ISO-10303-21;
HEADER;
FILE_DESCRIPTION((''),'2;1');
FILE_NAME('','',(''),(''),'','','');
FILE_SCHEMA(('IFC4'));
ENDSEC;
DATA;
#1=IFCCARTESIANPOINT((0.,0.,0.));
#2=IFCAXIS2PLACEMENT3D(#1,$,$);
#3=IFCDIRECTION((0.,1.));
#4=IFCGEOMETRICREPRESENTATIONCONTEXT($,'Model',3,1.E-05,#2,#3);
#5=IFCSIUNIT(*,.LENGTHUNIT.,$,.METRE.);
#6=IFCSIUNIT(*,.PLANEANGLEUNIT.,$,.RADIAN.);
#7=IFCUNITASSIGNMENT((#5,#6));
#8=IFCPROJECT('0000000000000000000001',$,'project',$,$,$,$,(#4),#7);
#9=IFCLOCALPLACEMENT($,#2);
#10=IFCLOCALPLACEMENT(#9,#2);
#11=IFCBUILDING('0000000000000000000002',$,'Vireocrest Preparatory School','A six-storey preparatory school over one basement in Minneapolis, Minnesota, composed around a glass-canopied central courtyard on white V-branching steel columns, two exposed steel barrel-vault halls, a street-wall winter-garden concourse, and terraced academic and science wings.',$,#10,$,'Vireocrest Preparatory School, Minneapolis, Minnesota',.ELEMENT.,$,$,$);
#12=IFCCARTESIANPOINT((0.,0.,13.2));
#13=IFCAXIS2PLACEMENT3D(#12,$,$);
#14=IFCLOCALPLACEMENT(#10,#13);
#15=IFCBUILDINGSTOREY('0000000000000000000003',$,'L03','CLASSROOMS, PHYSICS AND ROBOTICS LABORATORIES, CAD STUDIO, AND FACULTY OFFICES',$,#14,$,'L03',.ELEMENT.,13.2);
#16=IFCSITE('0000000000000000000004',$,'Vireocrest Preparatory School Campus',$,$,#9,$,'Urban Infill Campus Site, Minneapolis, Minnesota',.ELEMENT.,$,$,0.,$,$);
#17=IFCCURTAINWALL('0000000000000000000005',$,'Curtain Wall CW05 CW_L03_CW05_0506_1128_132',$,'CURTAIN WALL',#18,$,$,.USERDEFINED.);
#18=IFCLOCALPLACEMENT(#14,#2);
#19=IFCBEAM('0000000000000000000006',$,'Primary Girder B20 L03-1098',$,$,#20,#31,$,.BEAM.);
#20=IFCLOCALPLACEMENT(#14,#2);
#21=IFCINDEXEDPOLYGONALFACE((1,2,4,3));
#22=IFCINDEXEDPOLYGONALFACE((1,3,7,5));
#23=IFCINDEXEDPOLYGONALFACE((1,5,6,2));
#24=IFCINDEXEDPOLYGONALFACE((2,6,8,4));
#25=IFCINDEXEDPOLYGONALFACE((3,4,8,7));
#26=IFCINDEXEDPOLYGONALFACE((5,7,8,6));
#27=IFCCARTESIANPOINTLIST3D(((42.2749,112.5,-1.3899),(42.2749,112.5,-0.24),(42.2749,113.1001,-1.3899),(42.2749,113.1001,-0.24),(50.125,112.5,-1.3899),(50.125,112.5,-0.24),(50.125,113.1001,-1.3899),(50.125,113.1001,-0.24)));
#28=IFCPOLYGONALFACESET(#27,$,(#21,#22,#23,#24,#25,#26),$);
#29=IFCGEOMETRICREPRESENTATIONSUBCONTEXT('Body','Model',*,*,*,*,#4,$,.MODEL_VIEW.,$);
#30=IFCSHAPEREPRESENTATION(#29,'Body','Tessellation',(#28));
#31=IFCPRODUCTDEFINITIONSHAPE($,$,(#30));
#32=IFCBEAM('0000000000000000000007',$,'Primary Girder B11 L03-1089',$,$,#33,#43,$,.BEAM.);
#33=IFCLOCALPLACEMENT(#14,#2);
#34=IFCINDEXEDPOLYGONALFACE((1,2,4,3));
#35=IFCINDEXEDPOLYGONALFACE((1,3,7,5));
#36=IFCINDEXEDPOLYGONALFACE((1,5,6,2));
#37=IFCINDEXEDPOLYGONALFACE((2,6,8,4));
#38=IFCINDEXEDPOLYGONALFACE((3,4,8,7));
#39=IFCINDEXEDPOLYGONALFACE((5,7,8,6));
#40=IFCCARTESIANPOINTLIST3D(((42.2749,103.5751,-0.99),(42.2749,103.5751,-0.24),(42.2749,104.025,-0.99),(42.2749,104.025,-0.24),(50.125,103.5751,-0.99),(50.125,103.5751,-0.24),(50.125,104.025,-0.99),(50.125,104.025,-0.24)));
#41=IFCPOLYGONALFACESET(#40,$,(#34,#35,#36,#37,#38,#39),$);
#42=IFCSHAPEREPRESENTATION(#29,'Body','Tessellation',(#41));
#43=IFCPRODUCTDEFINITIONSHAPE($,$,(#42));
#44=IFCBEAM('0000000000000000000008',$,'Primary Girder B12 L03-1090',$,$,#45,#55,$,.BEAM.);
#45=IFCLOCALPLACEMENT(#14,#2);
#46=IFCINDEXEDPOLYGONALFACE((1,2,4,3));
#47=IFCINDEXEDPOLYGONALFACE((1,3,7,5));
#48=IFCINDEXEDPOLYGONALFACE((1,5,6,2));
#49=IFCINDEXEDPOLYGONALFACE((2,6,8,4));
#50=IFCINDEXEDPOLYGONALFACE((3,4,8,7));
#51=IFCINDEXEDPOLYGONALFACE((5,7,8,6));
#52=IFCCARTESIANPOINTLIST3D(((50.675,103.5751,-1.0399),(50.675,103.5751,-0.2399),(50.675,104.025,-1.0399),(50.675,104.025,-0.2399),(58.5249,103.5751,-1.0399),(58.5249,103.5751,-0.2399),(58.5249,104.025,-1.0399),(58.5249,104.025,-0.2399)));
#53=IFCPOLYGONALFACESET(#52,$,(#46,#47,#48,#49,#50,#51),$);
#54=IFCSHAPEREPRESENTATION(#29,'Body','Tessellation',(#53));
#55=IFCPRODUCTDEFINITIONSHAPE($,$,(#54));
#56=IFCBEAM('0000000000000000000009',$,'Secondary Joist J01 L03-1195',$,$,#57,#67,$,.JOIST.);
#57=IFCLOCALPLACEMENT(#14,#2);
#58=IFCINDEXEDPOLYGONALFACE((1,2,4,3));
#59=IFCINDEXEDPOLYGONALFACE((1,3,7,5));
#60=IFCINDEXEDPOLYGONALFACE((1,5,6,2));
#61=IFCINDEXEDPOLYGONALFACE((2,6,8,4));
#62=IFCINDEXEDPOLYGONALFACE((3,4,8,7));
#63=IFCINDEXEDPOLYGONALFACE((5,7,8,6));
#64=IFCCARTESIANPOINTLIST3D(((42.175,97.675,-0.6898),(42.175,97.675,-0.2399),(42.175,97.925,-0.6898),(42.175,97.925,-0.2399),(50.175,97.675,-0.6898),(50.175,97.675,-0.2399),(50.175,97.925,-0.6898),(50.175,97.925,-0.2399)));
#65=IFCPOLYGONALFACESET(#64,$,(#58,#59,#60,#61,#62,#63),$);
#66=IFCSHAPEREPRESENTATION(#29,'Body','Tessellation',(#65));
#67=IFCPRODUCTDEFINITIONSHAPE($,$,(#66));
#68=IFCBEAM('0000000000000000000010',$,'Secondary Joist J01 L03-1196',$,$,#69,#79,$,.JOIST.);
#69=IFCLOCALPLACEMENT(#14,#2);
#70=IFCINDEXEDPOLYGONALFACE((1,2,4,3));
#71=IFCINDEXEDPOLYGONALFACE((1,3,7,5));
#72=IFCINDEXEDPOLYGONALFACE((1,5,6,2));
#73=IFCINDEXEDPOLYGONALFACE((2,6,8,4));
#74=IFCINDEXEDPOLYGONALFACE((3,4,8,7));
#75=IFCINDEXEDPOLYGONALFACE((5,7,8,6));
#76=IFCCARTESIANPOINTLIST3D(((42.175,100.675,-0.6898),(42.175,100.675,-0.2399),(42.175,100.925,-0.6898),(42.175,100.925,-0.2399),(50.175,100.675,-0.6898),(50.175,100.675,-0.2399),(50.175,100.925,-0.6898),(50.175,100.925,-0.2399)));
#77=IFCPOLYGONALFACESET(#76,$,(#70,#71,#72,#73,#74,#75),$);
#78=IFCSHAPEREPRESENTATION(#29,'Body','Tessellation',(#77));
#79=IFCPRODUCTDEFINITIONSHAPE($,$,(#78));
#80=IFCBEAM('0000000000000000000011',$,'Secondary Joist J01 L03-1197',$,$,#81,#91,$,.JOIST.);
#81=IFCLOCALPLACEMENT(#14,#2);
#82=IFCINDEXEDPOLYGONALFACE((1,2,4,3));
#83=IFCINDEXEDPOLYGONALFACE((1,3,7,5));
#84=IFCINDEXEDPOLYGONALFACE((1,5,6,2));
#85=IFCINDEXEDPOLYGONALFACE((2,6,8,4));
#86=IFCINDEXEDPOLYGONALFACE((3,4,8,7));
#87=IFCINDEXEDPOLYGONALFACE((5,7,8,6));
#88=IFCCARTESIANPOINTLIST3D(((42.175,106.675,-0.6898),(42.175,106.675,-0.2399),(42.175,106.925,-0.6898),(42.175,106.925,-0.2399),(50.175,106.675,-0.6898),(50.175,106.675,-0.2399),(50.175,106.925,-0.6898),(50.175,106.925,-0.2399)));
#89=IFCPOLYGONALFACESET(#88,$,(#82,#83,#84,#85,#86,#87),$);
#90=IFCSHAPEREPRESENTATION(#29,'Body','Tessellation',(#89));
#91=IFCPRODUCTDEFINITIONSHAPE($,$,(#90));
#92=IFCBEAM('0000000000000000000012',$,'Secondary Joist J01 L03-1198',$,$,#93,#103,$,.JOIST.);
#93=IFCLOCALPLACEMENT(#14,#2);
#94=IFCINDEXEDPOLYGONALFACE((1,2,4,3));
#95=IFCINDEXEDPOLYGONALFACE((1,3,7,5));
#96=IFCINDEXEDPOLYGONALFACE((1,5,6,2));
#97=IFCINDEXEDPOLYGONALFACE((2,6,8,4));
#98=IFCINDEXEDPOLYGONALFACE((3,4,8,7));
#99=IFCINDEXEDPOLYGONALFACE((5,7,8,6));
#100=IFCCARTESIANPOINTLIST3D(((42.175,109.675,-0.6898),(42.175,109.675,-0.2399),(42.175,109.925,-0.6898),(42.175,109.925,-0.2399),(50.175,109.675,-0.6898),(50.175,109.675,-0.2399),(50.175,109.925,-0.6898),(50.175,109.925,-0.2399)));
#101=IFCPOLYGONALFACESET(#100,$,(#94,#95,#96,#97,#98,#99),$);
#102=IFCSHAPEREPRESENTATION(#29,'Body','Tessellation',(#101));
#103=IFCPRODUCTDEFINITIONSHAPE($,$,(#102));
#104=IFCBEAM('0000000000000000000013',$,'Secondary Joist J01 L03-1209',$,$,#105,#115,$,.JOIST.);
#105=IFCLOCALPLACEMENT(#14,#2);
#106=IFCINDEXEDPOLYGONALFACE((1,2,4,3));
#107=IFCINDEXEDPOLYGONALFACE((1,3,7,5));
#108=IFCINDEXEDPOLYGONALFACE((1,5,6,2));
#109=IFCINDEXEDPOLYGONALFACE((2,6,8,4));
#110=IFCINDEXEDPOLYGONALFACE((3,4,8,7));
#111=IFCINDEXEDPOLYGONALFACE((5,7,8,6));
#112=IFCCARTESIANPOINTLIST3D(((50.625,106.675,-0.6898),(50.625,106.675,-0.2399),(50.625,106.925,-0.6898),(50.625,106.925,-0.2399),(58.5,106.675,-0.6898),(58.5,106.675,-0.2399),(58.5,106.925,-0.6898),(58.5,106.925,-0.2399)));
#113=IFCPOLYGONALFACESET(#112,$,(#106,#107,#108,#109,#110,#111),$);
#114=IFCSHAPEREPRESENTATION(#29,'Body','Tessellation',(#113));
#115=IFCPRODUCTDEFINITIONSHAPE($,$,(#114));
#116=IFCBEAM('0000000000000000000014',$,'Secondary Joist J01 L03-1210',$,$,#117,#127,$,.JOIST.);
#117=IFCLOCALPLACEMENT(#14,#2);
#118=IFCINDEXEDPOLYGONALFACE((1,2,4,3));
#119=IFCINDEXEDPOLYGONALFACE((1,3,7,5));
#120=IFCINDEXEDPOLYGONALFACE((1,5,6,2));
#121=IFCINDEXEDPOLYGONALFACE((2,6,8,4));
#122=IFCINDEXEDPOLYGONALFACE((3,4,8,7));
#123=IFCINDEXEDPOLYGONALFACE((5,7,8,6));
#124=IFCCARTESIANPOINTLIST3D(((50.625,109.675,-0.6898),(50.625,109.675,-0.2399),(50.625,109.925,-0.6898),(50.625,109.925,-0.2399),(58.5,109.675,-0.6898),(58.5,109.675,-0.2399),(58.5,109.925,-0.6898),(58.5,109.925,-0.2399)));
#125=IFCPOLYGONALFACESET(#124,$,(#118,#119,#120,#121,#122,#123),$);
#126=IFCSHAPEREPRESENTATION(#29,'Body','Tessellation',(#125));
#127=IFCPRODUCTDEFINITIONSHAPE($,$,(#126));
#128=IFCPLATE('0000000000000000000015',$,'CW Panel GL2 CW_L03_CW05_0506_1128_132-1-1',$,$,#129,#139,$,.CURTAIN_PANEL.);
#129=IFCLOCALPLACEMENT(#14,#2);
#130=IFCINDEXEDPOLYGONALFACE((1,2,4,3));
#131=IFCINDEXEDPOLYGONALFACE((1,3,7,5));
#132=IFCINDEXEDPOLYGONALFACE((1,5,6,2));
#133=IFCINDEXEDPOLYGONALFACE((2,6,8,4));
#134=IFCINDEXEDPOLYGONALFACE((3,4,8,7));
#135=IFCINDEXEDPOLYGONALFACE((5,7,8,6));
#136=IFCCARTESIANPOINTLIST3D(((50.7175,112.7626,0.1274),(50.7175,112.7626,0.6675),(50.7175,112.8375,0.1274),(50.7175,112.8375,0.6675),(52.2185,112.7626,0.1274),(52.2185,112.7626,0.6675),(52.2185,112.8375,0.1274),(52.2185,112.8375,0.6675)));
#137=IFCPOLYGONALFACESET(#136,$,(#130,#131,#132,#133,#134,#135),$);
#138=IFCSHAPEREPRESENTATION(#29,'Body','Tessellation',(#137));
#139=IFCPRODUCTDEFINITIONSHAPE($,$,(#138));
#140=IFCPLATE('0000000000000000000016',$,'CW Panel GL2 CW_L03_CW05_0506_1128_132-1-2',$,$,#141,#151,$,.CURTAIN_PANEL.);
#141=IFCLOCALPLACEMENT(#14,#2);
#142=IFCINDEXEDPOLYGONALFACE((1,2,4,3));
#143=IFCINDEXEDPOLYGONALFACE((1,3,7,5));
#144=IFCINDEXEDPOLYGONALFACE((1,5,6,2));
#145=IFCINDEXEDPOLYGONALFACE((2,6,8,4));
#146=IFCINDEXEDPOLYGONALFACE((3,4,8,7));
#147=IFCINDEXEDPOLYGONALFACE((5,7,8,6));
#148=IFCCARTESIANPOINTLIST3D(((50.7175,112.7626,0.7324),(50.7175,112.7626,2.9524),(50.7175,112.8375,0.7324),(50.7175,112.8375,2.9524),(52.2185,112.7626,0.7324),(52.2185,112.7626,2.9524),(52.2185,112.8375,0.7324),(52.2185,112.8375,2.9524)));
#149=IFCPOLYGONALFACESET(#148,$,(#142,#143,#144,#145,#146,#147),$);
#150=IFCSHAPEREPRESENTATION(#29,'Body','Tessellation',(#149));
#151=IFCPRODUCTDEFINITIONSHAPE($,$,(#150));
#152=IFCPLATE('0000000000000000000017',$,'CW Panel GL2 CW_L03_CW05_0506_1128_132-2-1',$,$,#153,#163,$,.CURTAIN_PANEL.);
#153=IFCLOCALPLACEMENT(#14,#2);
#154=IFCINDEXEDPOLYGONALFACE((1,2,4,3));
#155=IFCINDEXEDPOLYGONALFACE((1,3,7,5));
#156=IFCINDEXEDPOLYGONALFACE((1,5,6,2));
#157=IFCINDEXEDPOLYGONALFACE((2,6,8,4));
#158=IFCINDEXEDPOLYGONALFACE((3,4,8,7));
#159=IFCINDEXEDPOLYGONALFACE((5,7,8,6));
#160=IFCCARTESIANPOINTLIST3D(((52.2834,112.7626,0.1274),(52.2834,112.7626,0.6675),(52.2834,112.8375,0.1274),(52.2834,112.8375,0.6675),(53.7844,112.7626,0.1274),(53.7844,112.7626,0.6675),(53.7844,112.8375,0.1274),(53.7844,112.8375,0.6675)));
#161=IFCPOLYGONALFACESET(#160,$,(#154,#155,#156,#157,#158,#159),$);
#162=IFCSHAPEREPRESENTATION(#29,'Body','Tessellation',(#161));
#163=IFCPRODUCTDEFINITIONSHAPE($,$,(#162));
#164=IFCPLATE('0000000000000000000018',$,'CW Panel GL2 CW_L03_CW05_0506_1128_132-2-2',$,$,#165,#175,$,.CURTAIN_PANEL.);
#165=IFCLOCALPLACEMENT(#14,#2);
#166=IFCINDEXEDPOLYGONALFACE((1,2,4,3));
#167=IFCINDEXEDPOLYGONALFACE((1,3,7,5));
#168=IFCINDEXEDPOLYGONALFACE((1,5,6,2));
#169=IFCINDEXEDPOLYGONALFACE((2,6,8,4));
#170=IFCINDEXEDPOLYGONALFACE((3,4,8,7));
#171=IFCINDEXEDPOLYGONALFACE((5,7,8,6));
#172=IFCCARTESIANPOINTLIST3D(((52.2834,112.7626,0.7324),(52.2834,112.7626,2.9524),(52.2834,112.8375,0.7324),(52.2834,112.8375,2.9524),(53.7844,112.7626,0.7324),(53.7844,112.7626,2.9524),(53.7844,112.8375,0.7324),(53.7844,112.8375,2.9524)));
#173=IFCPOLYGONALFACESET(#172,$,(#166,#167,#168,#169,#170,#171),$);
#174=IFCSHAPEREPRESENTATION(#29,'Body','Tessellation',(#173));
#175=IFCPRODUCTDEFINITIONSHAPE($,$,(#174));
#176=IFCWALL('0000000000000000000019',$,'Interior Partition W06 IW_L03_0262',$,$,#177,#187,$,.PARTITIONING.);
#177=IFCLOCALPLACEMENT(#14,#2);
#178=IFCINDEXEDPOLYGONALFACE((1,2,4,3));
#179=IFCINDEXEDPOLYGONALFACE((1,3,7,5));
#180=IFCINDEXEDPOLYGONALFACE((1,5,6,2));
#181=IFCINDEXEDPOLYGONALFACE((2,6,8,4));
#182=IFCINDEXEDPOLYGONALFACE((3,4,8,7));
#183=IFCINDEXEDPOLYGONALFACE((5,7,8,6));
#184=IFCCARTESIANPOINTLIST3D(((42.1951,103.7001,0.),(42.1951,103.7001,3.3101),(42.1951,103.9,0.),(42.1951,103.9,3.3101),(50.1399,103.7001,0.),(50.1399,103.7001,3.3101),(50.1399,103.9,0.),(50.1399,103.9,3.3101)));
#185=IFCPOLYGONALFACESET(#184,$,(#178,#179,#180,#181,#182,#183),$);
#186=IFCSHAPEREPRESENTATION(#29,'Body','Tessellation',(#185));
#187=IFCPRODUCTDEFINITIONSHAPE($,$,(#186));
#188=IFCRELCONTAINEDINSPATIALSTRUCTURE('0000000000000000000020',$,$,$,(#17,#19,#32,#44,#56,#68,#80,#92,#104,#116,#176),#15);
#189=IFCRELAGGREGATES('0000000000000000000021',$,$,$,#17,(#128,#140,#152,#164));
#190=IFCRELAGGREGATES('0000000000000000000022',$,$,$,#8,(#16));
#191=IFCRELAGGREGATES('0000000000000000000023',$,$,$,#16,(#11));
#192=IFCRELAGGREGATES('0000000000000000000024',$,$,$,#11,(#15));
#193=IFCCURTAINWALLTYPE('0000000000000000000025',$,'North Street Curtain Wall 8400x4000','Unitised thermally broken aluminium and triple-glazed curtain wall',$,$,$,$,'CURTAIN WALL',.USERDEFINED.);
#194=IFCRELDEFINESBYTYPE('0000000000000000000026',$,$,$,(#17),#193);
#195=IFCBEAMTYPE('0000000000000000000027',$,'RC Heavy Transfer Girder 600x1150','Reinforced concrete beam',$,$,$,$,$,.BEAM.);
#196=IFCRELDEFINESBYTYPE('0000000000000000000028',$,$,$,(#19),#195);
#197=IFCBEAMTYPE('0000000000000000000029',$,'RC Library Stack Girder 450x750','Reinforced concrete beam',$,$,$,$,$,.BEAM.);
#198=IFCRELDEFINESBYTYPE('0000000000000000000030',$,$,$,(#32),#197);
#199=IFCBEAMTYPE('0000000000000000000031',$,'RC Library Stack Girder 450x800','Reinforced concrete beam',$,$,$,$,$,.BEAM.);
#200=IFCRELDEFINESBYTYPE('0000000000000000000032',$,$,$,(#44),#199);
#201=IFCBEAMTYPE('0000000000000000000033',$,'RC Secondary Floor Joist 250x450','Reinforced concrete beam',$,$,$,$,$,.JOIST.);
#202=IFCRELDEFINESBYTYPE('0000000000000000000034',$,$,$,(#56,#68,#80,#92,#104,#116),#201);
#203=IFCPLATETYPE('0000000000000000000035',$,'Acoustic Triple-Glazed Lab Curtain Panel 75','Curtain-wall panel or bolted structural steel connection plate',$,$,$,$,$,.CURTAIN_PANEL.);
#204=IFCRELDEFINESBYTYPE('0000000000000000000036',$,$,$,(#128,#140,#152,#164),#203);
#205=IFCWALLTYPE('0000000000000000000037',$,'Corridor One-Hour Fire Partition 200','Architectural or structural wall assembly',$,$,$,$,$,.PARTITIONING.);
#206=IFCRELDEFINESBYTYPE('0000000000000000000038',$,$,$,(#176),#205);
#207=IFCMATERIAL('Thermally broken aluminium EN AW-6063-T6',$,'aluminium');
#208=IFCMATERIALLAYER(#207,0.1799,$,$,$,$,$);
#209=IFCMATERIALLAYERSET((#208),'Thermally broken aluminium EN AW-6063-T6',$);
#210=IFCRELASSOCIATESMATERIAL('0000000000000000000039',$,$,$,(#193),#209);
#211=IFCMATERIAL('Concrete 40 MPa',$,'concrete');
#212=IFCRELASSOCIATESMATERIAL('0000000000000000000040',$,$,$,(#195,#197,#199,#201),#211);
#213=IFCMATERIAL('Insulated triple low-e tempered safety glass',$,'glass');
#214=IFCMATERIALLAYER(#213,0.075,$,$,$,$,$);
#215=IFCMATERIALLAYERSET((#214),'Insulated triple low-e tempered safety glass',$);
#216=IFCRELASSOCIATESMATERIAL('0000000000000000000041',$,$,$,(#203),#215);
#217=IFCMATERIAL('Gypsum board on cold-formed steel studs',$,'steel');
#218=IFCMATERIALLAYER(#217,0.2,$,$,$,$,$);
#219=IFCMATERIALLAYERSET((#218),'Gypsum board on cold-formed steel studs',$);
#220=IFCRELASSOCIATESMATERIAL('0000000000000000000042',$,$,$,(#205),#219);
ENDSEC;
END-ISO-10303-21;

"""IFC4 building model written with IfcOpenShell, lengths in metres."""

from ifc_helpers import new_model, si_unit, direction, frame, frame_2d, origin, origin_2d, place, context, subcontext, project, spatial, rectangle, extrude, material, layer, layer_set, material_profile, profile_set, type_object, element, aggregate, save


model = new_model("IFC4")

# Units and contexts
model_context = context("Model", 3, precision=1e-05, world=origin(), true_north=direction((0.0, 1.0)))
body_context = subcontext(model_context, "Body", "Model", "MODEL_VIEW")
ifc_project = project(units=[si_unit("LENGTHUNIT", "METRE"), si_unit("PLANEANGLEUNIT", "RADIAN")], contexts=[model_context])

# Site, building, storey
site_placement = place(None, origin())
site = spatial("IfcSite", under=ifc_project, at=site_placement, Name="Vireocrest Preparatory School Campus", LongName="Urban Infill Campus Site, Minneapolis, Minnesota", CompositionType="ELEMENT", RefElevation=0.0)
building_placement = place(site_placement, origin())
building = spatial("IfcBuilding", under=site, at=building_placement, Name="Vireocrest Preparatory School", Description="A six-storey preparatory school over one basement in Minneapolis, Minnesota, composed around a glass-canopied central courtyard on white V-branching steel columns, two exposed steel barrel-vault halls, a street-wall winter-garden concourse, and terraced academic and science wings.", LongName="Vireocrest Preparatory School, Minneapolis, Minnesota", CompositionType="ELEMENT")
storey_placement = place(building_placement, frame((0.0, 0.0, 13.2)))
storey = spatial("IfcBuildingStorey", under=building, at=storey_placement, Name="L03", Description="CLASSROOMS, PHYSICS AND ROBOTICS LABORATORIES, CAD STUDIO, AND FACULTY OFFICES", LongName="L03", CompositionType="ELEMENT", Elevation=13.2)

# Curtain wall
ifc_material_1 = material(Name="Thermally broken aluminium EN AW-6063-T6", Category="aluminium")
ifc_layer_1 = layer(ifc_material_1, 0.1799)
ifc_layer_set_1 = layer_set([ifc_layer_1], Name="Thermally broken aluminium EN AW-6063-T6")
curtain_wall_type = type_object("IfcCurtainWallType", Name="North Street Curtain Wall 8400x4000", Description="Unitised thermally broken aluminium and triple-glazed curtain wall", ElementType="CURTAIN WALL", PredefinedType="USERDEFINED", material=ifc_layer_set_1)
curtain_wall_placement = place(storey_placement, origin())
curtain_wall = element("IfcCurtainWall", 1, at=curtain_wall_placement, inside=storey, type_object=curtain_wall_type, Name="Curtain Wall CW05 CW_L03_CW05_0506_1128_132", ObjectType="CURTAIN WALL", PredefinedType="USERDEFINED")

# Beams
ifc_material_2 = material(Name="Concrete 40 MPa", Category="concrete")
ifc_material_profile_1 = material_profile(ifc_material_2, rectangle(XDim=0.6001, YDim=1.1499, at=origin_2d()), Name="RC 600x1150")
ifc_profile_set_1 = profile_set([ifc_material_profile_1], Name="Concrete 40 MPa")
beam_type_1 = type_object("IfcBeamType", Name="RC Heavy Transfer Girder 600x1150", Description="Reinforced concrete beam", PredefinedType="BEAM", material=ifc_profile_set_1)
beam_1_placement = place(storey_placement, frame((42.2749, 112.8, -0.8149), z_axis=(1.0, 0.0, 0.0), x_axis=(0.0, 1.0, 0.0)))
element("IfcBeam", 2, at=beam_1_placement, inside=storey, type_object=beam_type_1, Name="Primary Girder B20 L03-1098", PredefinedType="BEAM", context=body_context, shape_type="SweptSolid", body=[
    extrude(rectangle(XDim=0.6001, YDim=1.1499, at=origin_2d()), origin(), (0.0, 0.0, 1.0), 7.8501),
])
ifc_material_profile_2 = material_profile(ifc_material_2, rectangle(XDim=0.45, YDim=0.75, at=origin_2d()), Name="RC 450x750")
ifc_profile_set_2 = profile_set([ifc_material_profile_2], Name="Concrete 40 MPa")
beam_type_2 = type_object("IfcBeamType", Name="RC Library Stack Girder 450x750", Description="Reinforced concrete beam", PredefinedType="BEAM", material=ifc_profile_set_2)
beam_2_placement = place(storey_placement, frame((42.2749, 103.8, -0.615), z_axis=(1.0, 0.0, 0.0), x_axis=(0.0, 1.0, 0.0)))
element("IfcBeam", 3, at=beam_2_placement, inside=storey, type_object=beam_type_2, Name="Primary Girder B11 L03-1089", PredefinedType="BEAM", context=body_context, shape_type="SweptSolid", body=[
    extrude(rectangle(XDim=0.45, YDim=0.75, at=origin_2d()), origin(), (0.0, 0.0, 1.0), 7.8501),
])
ifc_material_profile_3 = material_profile(ifc_material_2, rectangle(XDim=0.45, YDim=0.8, at=origin_2d()), Name="RC 450x800")
ifc_profile_set_3 = profile_set([ifc_material_profile_3], Name="Concrete 40 MPa")
beam_type_3 = type_object("IfcBeamType", Name="RC Library Stack Girder 450x800", Description="Reinforced concrete beam", PredefinedType="BEAM", material=ifc_profile_set_3)
beam_3_placement = place(storey_placement, frame((50.675, 103.8, -0.6399), z_axis=(1.0, 0.0, 0.0), x_axis=(0.0, 1.0, 0.0)))
element("IfcBeam", 4, at=beam_3_placement, inside=storey, type_object=beam_type_3, Name="Primary Girder B12 L03-1090", PredefinedType="BEAM", context=body_context, shape_type="SweptSolid", body=[
    extrude(rectangle(XDim=0.45, YDim=0.8, at=origin_2d()), origin(), (0.0, 0.0, 1.0), 7.8499),
])
ifc_material_profile_4 = material_profile(ifc_material_2, rectangle(XDim=0.25, YDim=0.45, at=origin_2d()), Name="RC 250x450")
ifc_profile_set_4 = profile_set([ifc_material_profile_4], Name="Concrete 40 MPa")
beam_type_4 = type_object("IfcBeamType", Name="RC Secondary Floor Joist 250x450", Description="Reinforced concrete beam", PredefinedType="JOIST", material=ifc_profile_set_4)
for number, where, z_axis, x_axis, name in (
    (5, (42.175, 97.8, -0.4648), (1.0, 0.0, 0.0), (0.0, 1.0, 0.0), "Secondary Joist J01 L03-1195"),
    (6, (42.175, 100.8, -0.4648), (1.0, 0.0, 0.0), (0.0, 1.0, 0.0), "Secondary Joist J01 L03-1196"),
    (7, (42.175, 106.8, -0.4648), (1.0, 0.0, 0.0), (0.0, 1.0, 0.0), "Secondary Joist J01 L03-1197"),
    (8, (42.175, 109.8, -0.4648), (1.0, 0.0, 0.0), (0.0, 1.0, 0.0), "Secondary Joist J01 L03-1198"),
):
    element("IfcBeam", number, at=place(storey_placement, frame(where, z_axis=z_axis, x_axis=x_axis)), inside=storey, type_object=beam_type_4, Name=name, PredefinedType="JOIST", context=body_context, shape_type="SweptSolid", body=[
        extrude(rectangle(XDim=0.25, YDim=0.45, at=origin_2d()), origin(), (0.0, 0.0, 1.0), 8.0),
    ])
for number, where, z_axis, x_axis, name in (
    (9, (50.625, 106.8, -0.4648), (1.0, 0.0, 0.0), (0.0, 1.0, 0.0), "Secondary Joist J01 L03-1209"),
    (10, (50.625, 109.8, -0.4648), (1.0, 0.0, 0.0), (0.0, 1.0, 0.0), "Secondary Joist J01 L03-1210"),
):
    element("IfcBeam", number, at=place(storey_placement, frame(where, z_axis=z_axis, x_axis=x_axis)), inside=storey, type_object=beam_type_4, Name=name, PredefinedType="JOIST", context=body_context, shape_type="SweptSolid", body=[
        extrude(rectangle(XDim=0.25, YDim=0.45, at=origin_2d()), origin(), (0.0, 0.0, 1.0), 7.875),
    ])

# Plates
ifc_material_3 = material(Name="Insulated triple low-e tempered safety glass", Category="glass")
ifc_layer_2 = layer(ifc_material_3, 0.075)
ifc_layer_set_2 = layer_set([ifc_layer_2], Name="Insulated triple low-e tempered safety glass")
plate_type = type_object("IfcPlateType", Name="Acoustic Triple-Glazed Lab Curtain Panel 75", Description="Curtain-wall panel or bolted structural steel connection plate", PredefinedType="CURTAIN_PANEL", material=ifc_layer_set_2)
plate_1_placement = place(storey_placement, frame((51.468, 112.8, 0.1274), z_axis=(0.0, 0.0, 1.0), x_axis=(1.0, 0.0, 0.0)))
plate_1 = element("IfcPlate", 11, at=plate_1_placement, type_object=plate_type, Name="CW Panel GL2 CW_L03_CW05_0506_1128_132-1-1", PredefinedType="CURTAIN_PANEL", context=body_context, shape_type="SweptSolid", body=[
    extrude(rectangle(XDim=1.501, YDim=0.075, at=origin_2d()), origin(), (0.0, 0.0, 1.0), 0.54),
])
plate_2_placement = place(storey_placement, frame((51.468, 112.8, 0.7324), z_axis=(0.0, 0.0, 1.0), x_axis=(1.0, 0.0, 0.0)))
plate_2 = element("IfcPlate", 12, at=plate_2_placement, type_object=plate_type, Name="CW Panel GL2 CW_L03_CW05_0506_1128_132-1-2", PredefinedType="CURTAIN_PANEL", context=body_context, shape_type="SweptSolid", body=[
    extrude(rectangle(XDim=1.501, YDim=0.075, at=origin_2d()), origin(), (0.0, 0.0, 1.0), 2.22),
])
plate_3_placement = place(storey_placement, frame((53.0339, 112.8, 0.1274), z_axis=(0.0, 0.0, 1.0), x_axis=(1.0, 0.0, 0.0)))
plate_3 = element("IfcPlate", 13, at=plate_3_placement, type_object=plate_type, Name="CW Panel GL2 CW_L03_CW05_0506_1128_132-2-1", PredefinedType="CURTAIN_PANEL", context=body_context, shape_type="SweptSolid", body=[
    extrude(rectangle(XDim=1.501, YDim=0.075, at=origin_2d()), origin(), (0.0, 0.0, 1.0), 0.54),
])
plate_4_placement = place(storey_placement, frame((53.0339, 112.8, 0.7324), z_axis=(0.0, 0.0, 1.0), x_axis=(1.0, 0.0, 0.0)))
plate_4 = element("IfcPlate", 14, at=plate_4_placement, type_object=plate_type, Name="CW Panel GL2 CW_L03_CW05_0506_1128_132-2-2", PredefinedType="CURTAIN_PANEL", context=body_context, shape_type="SweptSolid", body=[
    extrude(rectangle(XDim=1.501, YDim=0.075, at=origin_2d()), origin(), (0.0, 0.0, 1.0), 2.22),
])
aggregate(curtain_wall, [plate_1, plate_2, plate_3, plate_4])

# Wall
ifc_material_4 = material(Name="Gypsum board on cold-formed steel studs", Category="steel")
ifc_layer_3 = layer(ifc_material_4, 0.2)
ifc_layer_set_3 = layer_set([ifc_layer_3], Name="Gypsum board on cold-formed steel studs")
wall_type_1 = type_object("IfcWallType", Name="Corridor One-Hour Fire Partition 200", Description="Architectural or structural wall assembly", PredefinedType="PARTITIONING", material=ifc_layer_set_3)
wall_1_placement = place(storey_placement, frame((42.1951, 103.8, 0.0), z_axis=(0.0, 0.0, 1.0), x_axis=(1.0, 0.0, 0.0)))
element("IfcWall", 15, at=wall_1_placement, inside=storey, type_object=wall_type_1, Name="Interior Partition W06 IW_L03_0262", PredefinedType="PARTITIONING", context=body_context, shape_type="SweptSolid", body=[
    extrude(rectangle(XDim=7.9448, YDim=0.2, at=frame_2d((3.9724, 0.0))), origin(), (0.0, 0.0, 1.0), 3.3101),
])

save(model, "model.ifc")
